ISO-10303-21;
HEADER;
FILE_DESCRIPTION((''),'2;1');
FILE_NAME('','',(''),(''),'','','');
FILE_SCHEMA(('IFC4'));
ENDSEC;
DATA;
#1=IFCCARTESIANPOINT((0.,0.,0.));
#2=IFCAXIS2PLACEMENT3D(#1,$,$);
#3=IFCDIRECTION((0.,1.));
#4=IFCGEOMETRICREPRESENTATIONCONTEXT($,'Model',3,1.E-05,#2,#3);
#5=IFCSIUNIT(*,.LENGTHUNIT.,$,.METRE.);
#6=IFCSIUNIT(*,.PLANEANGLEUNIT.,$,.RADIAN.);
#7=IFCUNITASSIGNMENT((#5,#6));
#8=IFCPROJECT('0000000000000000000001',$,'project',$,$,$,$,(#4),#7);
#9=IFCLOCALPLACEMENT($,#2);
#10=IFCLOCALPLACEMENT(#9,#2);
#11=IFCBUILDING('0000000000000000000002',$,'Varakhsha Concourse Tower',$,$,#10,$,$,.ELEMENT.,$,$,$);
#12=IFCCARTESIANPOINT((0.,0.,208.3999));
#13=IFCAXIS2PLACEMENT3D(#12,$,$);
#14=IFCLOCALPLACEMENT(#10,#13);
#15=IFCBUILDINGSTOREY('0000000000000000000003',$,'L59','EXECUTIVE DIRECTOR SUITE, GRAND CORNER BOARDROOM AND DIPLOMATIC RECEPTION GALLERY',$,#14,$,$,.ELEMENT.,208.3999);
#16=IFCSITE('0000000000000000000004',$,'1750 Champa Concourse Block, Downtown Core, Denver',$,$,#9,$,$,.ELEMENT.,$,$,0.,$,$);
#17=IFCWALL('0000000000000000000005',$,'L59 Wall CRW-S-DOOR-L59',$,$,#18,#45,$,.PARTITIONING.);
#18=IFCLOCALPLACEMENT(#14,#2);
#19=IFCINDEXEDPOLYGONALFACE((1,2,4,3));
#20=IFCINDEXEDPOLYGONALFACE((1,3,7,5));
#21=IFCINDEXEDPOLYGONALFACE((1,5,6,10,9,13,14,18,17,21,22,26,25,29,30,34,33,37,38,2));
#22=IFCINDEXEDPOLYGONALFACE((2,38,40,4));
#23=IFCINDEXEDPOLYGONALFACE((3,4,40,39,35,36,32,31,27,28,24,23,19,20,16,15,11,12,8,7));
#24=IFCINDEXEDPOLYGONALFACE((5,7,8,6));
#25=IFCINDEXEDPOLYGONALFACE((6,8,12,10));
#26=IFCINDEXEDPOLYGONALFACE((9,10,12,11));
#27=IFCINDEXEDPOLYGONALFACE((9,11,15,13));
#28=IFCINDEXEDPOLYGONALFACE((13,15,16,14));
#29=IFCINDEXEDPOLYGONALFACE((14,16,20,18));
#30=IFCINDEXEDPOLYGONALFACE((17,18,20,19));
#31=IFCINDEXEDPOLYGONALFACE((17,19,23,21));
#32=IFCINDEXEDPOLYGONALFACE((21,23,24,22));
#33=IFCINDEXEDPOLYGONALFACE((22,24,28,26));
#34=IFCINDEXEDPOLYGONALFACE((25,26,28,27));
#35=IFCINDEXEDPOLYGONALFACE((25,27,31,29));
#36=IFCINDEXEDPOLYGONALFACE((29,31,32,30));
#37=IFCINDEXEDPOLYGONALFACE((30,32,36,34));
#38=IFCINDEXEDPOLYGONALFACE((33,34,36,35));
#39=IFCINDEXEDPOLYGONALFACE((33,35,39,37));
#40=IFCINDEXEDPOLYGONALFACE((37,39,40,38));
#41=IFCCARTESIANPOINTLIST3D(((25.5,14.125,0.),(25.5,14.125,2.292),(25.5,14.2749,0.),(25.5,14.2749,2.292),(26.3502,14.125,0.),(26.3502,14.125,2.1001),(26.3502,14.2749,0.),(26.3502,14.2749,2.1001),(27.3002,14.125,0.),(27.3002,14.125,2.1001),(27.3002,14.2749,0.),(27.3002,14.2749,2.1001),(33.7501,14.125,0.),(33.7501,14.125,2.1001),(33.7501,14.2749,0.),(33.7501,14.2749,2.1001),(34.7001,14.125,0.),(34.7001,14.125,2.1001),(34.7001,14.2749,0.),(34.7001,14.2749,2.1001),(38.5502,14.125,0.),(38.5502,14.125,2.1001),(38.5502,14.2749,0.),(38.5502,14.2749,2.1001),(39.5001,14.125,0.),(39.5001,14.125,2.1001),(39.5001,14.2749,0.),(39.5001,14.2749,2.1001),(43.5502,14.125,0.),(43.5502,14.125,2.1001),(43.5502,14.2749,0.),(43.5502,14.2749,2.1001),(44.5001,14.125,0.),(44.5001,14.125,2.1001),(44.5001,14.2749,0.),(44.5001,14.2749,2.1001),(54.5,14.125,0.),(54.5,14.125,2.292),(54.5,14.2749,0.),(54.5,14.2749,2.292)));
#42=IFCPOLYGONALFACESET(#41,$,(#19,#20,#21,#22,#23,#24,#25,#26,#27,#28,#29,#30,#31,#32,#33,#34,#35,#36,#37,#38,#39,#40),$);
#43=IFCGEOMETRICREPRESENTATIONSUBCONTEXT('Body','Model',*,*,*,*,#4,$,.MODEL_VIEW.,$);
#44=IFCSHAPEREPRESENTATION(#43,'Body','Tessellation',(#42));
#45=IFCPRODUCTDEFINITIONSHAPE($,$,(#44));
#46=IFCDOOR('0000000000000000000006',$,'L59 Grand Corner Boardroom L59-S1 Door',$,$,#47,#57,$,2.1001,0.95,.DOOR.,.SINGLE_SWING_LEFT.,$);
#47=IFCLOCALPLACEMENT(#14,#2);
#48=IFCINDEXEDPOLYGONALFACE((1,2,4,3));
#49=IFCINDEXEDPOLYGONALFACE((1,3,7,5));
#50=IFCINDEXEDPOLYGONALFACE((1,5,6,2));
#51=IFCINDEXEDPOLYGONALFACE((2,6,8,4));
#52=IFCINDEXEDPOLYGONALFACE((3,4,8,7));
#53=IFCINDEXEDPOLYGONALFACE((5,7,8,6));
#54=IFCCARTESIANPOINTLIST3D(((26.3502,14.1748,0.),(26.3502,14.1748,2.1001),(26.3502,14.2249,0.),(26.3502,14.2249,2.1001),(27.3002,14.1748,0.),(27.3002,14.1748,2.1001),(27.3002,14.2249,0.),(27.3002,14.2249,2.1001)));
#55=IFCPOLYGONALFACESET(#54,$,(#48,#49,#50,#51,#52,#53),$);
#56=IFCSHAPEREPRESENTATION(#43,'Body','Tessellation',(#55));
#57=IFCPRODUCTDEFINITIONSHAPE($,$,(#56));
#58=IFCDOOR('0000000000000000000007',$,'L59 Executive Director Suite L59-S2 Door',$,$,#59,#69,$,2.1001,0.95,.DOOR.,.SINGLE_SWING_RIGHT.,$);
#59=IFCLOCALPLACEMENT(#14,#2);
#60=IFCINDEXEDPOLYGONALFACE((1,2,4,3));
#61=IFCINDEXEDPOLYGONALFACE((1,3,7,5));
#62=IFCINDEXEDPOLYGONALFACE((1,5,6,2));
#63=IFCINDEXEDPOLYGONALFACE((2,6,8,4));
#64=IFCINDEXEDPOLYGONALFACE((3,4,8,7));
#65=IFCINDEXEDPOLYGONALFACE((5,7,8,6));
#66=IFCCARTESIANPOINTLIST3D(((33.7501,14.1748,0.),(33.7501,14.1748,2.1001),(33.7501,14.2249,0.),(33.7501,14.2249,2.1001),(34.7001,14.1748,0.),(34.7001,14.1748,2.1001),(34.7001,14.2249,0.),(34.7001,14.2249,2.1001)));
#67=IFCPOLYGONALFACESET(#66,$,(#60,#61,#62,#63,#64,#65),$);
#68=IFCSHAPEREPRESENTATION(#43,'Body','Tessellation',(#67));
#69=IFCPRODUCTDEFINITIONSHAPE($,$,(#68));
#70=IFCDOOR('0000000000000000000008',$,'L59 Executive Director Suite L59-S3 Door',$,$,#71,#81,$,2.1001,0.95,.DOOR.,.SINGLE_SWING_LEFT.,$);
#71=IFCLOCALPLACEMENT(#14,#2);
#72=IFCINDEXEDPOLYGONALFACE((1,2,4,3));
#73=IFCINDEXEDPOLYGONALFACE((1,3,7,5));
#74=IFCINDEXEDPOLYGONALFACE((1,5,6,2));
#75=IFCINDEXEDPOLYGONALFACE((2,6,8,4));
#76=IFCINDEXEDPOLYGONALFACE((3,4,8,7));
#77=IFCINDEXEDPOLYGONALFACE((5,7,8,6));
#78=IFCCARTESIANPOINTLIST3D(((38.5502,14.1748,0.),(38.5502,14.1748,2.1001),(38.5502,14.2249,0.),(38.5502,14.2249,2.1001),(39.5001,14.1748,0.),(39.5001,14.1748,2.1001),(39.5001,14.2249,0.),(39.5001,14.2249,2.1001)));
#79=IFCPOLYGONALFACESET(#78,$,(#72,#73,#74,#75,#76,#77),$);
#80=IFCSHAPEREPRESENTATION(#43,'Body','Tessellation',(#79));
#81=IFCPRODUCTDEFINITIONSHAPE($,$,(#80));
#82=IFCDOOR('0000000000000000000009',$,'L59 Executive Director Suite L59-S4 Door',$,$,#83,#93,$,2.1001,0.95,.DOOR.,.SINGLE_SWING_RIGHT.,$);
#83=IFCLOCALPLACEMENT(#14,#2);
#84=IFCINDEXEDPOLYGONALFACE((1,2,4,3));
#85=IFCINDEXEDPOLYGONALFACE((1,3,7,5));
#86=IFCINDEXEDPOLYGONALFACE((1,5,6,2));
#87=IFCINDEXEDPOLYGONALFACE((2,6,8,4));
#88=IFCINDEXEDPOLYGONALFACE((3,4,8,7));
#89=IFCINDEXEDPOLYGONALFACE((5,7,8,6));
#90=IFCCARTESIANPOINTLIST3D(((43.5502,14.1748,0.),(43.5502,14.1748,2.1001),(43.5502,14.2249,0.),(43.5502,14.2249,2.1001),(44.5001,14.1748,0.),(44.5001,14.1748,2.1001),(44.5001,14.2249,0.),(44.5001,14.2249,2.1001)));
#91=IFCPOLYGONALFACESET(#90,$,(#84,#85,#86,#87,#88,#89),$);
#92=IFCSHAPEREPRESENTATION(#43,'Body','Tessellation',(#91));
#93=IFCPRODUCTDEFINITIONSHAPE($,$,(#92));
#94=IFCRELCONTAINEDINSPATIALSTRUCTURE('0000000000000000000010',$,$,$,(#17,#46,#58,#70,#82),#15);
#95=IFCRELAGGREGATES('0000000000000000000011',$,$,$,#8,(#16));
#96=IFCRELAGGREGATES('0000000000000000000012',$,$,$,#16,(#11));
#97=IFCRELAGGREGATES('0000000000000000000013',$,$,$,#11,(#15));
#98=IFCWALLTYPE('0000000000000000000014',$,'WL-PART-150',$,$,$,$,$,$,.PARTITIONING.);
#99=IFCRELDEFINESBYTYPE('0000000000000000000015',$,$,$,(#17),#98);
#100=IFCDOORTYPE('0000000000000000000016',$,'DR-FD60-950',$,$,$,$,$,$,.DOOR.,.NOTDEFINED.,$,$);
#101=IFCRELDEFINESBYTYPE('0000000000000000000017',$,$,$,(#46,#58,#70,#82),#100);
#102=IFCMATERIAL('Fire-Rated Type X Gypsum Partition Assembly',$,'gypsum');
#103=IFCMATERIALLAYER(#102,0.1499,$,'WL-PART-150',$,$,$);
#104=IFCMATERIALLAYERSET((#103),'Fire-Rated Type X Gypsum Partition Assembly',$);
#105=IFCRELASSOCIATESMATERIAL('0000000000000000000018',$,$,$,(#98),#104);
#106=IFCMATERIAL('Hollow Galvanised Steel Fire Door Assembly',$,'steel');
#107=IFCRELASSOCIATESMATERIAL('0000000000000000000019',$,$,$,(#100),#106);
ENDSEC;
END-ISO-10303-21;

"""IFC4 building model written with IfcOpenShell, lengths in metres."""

from ifc_helpers import new_model, si_unit, direction, frame, frame_2d, origin, place, context, subcontext, project, spatial, rectangle, extrude, material, layer, layer_set, type_object, element, fill, save


model = new_model("IFC4")

# Units and contexts
model_context = context("Model", 3, precision=1e-05, world=origin(), true_north=direction((0.0, 1.0)))
body_context = subcontext(model_context, "Body", "Model", "MODEL_VIEW")
ifc_project = project(units=[si_unit("LENGTHUNIT", "METRE"), si_unit("PLANEANGLEUNIT", "RADIAN")], contexts=[model_context])

# Site, building, storey
site_placement = place(None, origin())
site = spatial("IfcSite", under=ifc_project, at=site_placement, Name="1750 Champa Concourse Block, Downtown Core, Denver", CompositionType="ELEMENT", RefElevation=0.0)
building_placement = place(site_placement, origin())
building = spatial("IfcBuilding", under=site, at=building_placement, Name="Varakhsha Concourse Tower", CompositionType="ELEMENT")
storey_placement = place(building_placement, frame((0.0, 0.0, 208.3999)))
storey = spatial("IfcBuildingStorey", under=building, at=storey_placement, Name="L59", Description="EXECUTIVE DIRECTOR SUITE, GRAND CORNER BOARDROOM AND DIPLOMATIC RECEPTION GALLERY", CompositionType="ELEMENT", Elevation=208.3999)

# Wall, openings, doors
ifc_material_1 = material(Name="Fire-Rated Type X Gypsum Partition Assembly", Category="gypsum")
ifc_layer_1 = layer(ifc_material_1, 0.1499, Name="WL-PART-150")
ifc_layer_set_1 = layer_set([ifc_layer_1], Name="Fire-Rated Type X Gypsum Partition Assembly")
wall_type = type_object("IfcWallType", Name="WL-PART-150", PredefinedType="PARTITIONING", material=ifc_layer_set_1)
ifc_material_2 = material(Name="Hollow Galvanised Steel Fire Door Assembly", Category="steel")
door_type = type_object("IfcDoorType", Name="DR-FD60-950", OperationType="NOTDEFINED", PredefinedType="DOOR", material=ifc_material_2)
wall_1_placement = place(storey_placement, frame((25.5, 14.2, 0.0), z_axis=(0.0, 0.0, 1.0), x_axis=(1.0, 0.0, 0.0)))
wall_1 = element("IfcWall", 1, at=wall_1_placement, inside=storey, type_object=wall_type, Name="L59 Wall CRW-S-DOOR-L59", PredefinedType="PARTITIONING", context=body_context, shape_type="SweptSolid", body=[
    extrude(rectangle(XDim=29.0, YDim=0.1499, at=frame_2d((14.5, 0.0))), origin(), (0.0, 0.0, 1.0), 2.292),
])
opening_1_placement = place(wall_1_placement, frame((0.8501, 0.0, 0.0)))
opening_1 = element("IfcOpeningElement", 2, at=opening_1_placement, cuts=wall_1, PredefinedType="OPENING", context=body_context, shape_type="SweptSolid", body=[
    extrude(rectangle(XDim=0.95, YDim=2.1001, at=frame_2d((0.4751, 1.05))), frame((0.0, 0.085, 0.0), z_axis=(0.0, -1.0, 0.0), x_axis=(1.0, 0.0, 0.0)), (0.0, 0.0, 1.0), 0.1699),
])
opening_2_placement = place(wall_1_placement, frame((8.25, 0.0, 0.0)))
opening_2 = element("IfcOpeningElement", 3, at=opening_2_placement, cuts=wall_1, PredefinedType="OPENING", context=body_context, shape_type="SweptSolid", body=[
    extrude(rectangle(XDim=0.95, YDim=2.1001, at=frame_2d((0.4751, 1.05))), frame((0.0, 0.085, 0.0), z_axis=(0.0, -1.0, 0.0), x_axis=(1.0, 0.0, 0.0)), (0.0, 0.0, 1.0), 0.1699),
])
opening_3_placement = place(wall_1_placement, frame((13.05, 0.0, 0.0)))
opening_3 = element("IfcOpeningElement", 4, at=opening_3_placement, cuts=wall_1, PredefinedType="OPENING", context=body_context, shape_type="SweptSolid", body=[
    extrude(rectangle(XDim=0.95, YDim=2.1001, at=frame_2d((0.4751, 1.05))), frame((0.0, 0.085, 0.0), z_axis=(0.0, -1.0, 0.0), x_axis=(1.0, 0.0, 0.0)), (0.0, 0.0, 1.0), 0.1699),
])
opening_4_placement = place(wall_1_placement, frame((18.05, 0.0, 0.0)))
opening_4 = element("IfcOpeningElement", 5, at=opening_4_placement, cuts=wall_1, PredefinedType="OPENING", context=body_context, shape_type="SweptSolid", body=[
    extrude(rectangle(XDim=0.95, YDim=2.1001, at=frame_2d((0.4751, 1.05))), frame((0.0, 0.085, 0.0), z_axis=(0.0, -1.0, 0.0), x_axis=(1.0, 0.0, 0.0)), (0.0, 0.0, 1.0), 0.1699),
])
door_1_placement = place(opening_1_placement, origin())
door_1 = element("IfcDoor", 6, at=door_1_placement, inside=storey, type_object=door_type, Name="L59 Grand Corner Boardroom L59-S1 Door", OperationType="SINGLE_SWING_LEFT", OverallHeight=2.1001, OverallWidth=0.95, PredefinedType="DOOR", context=body_context, shape_type="SweptSolid", body=[
    extrude(rectangle(XDim=0.95, YDim=2.1001, at=frame_2d((0.4751, 1.05))), frame((0.0, 0.0249, 0.0), z_axis=(0.0, -1.0, 0.0), x_axis=(1.0, 0.0, 0.0)), (0.0, 0.0, 1.0), 0.05),
])
fill(opening_1, door_1)
door_2_placement = place(opening_2_placement, origin())
door_2 = element("IfcDoor", 7, at=door_2_placement, inside=storey, type_object=door_type, Name="L59 Executive Director Suite L59-S2 Door", OperationType="SINGLE_SWING_RIGHT", OverallHeight=2.1001, OverallWidth=0.95, PredefinedType="DOOR", context=body_context, shape_type="SweptSolid", body=[
    extrude(rectangle(XDim=0.95, YDim=2.1001, at=frame_2d((0.4751, 1.05))), frame((0.0, 0.0249, 0.0), z_axis=(0.0, -1.0, 0.0), x_axis=(1.0, 0.0, 0.0)), (0.0, 0.0, 1.0), 0.05),
])
fill(opening_2, door_2)
door_3_placement = place(opening_3_placement, origin())
door_3 = element("IfcDoor", 8, at=door_3_placement, inside=storey, type_object=door_type, Name="L59 Executive Director Suite L59-S3 Door", OperationType="SINGLE_SWING_LEFT", OverallHeight=2.1001, OverallWidth=0.95, PredefinedType="DOOR", context=body_context, shape_type="SweptSolid", body=[
    extrude(rectangle(XDim=0.95, YDim=2.1001, at=frame_2d((0.4751, 1.05))), frame((0.0, 0.0249, 0.0), z_axis=(0.0, -1.0, 0.0), x_axis=(1.0, 0.0, 0.0)), (0.0, 0.0, 1.0), 0.05),
])
fill(opening_3, door_3)
door_4_placement = place(opening_4_placement, origin())
door_4 = element("IfcDoor", 9, at=door_4_placement, inside=storey, type_object=door_type, Name="L59 Executive Director Suite L59-S4 Door", OperationType="SINGLE_SWING_RIGHT", OverallHeight=2.1001, OverallWidth=0.95, PredefinedType="DOOR", context=body_context, shape_type="SweptSolid", body=[
    extrude(rectangle(XDim=0.95, YDim=2.1001, at=frame_2d((0.4751, 1.05))), frame((0.0, 0.0249, 0.0), z_axis=(0.0, -1.0, 0.0), x_axis=(1.0, 0.0, 0.0)), (0.0, 0.0, 1.0), 0.05),
])
fill(opening_4, door_4)

save(model, "model.ifc")
